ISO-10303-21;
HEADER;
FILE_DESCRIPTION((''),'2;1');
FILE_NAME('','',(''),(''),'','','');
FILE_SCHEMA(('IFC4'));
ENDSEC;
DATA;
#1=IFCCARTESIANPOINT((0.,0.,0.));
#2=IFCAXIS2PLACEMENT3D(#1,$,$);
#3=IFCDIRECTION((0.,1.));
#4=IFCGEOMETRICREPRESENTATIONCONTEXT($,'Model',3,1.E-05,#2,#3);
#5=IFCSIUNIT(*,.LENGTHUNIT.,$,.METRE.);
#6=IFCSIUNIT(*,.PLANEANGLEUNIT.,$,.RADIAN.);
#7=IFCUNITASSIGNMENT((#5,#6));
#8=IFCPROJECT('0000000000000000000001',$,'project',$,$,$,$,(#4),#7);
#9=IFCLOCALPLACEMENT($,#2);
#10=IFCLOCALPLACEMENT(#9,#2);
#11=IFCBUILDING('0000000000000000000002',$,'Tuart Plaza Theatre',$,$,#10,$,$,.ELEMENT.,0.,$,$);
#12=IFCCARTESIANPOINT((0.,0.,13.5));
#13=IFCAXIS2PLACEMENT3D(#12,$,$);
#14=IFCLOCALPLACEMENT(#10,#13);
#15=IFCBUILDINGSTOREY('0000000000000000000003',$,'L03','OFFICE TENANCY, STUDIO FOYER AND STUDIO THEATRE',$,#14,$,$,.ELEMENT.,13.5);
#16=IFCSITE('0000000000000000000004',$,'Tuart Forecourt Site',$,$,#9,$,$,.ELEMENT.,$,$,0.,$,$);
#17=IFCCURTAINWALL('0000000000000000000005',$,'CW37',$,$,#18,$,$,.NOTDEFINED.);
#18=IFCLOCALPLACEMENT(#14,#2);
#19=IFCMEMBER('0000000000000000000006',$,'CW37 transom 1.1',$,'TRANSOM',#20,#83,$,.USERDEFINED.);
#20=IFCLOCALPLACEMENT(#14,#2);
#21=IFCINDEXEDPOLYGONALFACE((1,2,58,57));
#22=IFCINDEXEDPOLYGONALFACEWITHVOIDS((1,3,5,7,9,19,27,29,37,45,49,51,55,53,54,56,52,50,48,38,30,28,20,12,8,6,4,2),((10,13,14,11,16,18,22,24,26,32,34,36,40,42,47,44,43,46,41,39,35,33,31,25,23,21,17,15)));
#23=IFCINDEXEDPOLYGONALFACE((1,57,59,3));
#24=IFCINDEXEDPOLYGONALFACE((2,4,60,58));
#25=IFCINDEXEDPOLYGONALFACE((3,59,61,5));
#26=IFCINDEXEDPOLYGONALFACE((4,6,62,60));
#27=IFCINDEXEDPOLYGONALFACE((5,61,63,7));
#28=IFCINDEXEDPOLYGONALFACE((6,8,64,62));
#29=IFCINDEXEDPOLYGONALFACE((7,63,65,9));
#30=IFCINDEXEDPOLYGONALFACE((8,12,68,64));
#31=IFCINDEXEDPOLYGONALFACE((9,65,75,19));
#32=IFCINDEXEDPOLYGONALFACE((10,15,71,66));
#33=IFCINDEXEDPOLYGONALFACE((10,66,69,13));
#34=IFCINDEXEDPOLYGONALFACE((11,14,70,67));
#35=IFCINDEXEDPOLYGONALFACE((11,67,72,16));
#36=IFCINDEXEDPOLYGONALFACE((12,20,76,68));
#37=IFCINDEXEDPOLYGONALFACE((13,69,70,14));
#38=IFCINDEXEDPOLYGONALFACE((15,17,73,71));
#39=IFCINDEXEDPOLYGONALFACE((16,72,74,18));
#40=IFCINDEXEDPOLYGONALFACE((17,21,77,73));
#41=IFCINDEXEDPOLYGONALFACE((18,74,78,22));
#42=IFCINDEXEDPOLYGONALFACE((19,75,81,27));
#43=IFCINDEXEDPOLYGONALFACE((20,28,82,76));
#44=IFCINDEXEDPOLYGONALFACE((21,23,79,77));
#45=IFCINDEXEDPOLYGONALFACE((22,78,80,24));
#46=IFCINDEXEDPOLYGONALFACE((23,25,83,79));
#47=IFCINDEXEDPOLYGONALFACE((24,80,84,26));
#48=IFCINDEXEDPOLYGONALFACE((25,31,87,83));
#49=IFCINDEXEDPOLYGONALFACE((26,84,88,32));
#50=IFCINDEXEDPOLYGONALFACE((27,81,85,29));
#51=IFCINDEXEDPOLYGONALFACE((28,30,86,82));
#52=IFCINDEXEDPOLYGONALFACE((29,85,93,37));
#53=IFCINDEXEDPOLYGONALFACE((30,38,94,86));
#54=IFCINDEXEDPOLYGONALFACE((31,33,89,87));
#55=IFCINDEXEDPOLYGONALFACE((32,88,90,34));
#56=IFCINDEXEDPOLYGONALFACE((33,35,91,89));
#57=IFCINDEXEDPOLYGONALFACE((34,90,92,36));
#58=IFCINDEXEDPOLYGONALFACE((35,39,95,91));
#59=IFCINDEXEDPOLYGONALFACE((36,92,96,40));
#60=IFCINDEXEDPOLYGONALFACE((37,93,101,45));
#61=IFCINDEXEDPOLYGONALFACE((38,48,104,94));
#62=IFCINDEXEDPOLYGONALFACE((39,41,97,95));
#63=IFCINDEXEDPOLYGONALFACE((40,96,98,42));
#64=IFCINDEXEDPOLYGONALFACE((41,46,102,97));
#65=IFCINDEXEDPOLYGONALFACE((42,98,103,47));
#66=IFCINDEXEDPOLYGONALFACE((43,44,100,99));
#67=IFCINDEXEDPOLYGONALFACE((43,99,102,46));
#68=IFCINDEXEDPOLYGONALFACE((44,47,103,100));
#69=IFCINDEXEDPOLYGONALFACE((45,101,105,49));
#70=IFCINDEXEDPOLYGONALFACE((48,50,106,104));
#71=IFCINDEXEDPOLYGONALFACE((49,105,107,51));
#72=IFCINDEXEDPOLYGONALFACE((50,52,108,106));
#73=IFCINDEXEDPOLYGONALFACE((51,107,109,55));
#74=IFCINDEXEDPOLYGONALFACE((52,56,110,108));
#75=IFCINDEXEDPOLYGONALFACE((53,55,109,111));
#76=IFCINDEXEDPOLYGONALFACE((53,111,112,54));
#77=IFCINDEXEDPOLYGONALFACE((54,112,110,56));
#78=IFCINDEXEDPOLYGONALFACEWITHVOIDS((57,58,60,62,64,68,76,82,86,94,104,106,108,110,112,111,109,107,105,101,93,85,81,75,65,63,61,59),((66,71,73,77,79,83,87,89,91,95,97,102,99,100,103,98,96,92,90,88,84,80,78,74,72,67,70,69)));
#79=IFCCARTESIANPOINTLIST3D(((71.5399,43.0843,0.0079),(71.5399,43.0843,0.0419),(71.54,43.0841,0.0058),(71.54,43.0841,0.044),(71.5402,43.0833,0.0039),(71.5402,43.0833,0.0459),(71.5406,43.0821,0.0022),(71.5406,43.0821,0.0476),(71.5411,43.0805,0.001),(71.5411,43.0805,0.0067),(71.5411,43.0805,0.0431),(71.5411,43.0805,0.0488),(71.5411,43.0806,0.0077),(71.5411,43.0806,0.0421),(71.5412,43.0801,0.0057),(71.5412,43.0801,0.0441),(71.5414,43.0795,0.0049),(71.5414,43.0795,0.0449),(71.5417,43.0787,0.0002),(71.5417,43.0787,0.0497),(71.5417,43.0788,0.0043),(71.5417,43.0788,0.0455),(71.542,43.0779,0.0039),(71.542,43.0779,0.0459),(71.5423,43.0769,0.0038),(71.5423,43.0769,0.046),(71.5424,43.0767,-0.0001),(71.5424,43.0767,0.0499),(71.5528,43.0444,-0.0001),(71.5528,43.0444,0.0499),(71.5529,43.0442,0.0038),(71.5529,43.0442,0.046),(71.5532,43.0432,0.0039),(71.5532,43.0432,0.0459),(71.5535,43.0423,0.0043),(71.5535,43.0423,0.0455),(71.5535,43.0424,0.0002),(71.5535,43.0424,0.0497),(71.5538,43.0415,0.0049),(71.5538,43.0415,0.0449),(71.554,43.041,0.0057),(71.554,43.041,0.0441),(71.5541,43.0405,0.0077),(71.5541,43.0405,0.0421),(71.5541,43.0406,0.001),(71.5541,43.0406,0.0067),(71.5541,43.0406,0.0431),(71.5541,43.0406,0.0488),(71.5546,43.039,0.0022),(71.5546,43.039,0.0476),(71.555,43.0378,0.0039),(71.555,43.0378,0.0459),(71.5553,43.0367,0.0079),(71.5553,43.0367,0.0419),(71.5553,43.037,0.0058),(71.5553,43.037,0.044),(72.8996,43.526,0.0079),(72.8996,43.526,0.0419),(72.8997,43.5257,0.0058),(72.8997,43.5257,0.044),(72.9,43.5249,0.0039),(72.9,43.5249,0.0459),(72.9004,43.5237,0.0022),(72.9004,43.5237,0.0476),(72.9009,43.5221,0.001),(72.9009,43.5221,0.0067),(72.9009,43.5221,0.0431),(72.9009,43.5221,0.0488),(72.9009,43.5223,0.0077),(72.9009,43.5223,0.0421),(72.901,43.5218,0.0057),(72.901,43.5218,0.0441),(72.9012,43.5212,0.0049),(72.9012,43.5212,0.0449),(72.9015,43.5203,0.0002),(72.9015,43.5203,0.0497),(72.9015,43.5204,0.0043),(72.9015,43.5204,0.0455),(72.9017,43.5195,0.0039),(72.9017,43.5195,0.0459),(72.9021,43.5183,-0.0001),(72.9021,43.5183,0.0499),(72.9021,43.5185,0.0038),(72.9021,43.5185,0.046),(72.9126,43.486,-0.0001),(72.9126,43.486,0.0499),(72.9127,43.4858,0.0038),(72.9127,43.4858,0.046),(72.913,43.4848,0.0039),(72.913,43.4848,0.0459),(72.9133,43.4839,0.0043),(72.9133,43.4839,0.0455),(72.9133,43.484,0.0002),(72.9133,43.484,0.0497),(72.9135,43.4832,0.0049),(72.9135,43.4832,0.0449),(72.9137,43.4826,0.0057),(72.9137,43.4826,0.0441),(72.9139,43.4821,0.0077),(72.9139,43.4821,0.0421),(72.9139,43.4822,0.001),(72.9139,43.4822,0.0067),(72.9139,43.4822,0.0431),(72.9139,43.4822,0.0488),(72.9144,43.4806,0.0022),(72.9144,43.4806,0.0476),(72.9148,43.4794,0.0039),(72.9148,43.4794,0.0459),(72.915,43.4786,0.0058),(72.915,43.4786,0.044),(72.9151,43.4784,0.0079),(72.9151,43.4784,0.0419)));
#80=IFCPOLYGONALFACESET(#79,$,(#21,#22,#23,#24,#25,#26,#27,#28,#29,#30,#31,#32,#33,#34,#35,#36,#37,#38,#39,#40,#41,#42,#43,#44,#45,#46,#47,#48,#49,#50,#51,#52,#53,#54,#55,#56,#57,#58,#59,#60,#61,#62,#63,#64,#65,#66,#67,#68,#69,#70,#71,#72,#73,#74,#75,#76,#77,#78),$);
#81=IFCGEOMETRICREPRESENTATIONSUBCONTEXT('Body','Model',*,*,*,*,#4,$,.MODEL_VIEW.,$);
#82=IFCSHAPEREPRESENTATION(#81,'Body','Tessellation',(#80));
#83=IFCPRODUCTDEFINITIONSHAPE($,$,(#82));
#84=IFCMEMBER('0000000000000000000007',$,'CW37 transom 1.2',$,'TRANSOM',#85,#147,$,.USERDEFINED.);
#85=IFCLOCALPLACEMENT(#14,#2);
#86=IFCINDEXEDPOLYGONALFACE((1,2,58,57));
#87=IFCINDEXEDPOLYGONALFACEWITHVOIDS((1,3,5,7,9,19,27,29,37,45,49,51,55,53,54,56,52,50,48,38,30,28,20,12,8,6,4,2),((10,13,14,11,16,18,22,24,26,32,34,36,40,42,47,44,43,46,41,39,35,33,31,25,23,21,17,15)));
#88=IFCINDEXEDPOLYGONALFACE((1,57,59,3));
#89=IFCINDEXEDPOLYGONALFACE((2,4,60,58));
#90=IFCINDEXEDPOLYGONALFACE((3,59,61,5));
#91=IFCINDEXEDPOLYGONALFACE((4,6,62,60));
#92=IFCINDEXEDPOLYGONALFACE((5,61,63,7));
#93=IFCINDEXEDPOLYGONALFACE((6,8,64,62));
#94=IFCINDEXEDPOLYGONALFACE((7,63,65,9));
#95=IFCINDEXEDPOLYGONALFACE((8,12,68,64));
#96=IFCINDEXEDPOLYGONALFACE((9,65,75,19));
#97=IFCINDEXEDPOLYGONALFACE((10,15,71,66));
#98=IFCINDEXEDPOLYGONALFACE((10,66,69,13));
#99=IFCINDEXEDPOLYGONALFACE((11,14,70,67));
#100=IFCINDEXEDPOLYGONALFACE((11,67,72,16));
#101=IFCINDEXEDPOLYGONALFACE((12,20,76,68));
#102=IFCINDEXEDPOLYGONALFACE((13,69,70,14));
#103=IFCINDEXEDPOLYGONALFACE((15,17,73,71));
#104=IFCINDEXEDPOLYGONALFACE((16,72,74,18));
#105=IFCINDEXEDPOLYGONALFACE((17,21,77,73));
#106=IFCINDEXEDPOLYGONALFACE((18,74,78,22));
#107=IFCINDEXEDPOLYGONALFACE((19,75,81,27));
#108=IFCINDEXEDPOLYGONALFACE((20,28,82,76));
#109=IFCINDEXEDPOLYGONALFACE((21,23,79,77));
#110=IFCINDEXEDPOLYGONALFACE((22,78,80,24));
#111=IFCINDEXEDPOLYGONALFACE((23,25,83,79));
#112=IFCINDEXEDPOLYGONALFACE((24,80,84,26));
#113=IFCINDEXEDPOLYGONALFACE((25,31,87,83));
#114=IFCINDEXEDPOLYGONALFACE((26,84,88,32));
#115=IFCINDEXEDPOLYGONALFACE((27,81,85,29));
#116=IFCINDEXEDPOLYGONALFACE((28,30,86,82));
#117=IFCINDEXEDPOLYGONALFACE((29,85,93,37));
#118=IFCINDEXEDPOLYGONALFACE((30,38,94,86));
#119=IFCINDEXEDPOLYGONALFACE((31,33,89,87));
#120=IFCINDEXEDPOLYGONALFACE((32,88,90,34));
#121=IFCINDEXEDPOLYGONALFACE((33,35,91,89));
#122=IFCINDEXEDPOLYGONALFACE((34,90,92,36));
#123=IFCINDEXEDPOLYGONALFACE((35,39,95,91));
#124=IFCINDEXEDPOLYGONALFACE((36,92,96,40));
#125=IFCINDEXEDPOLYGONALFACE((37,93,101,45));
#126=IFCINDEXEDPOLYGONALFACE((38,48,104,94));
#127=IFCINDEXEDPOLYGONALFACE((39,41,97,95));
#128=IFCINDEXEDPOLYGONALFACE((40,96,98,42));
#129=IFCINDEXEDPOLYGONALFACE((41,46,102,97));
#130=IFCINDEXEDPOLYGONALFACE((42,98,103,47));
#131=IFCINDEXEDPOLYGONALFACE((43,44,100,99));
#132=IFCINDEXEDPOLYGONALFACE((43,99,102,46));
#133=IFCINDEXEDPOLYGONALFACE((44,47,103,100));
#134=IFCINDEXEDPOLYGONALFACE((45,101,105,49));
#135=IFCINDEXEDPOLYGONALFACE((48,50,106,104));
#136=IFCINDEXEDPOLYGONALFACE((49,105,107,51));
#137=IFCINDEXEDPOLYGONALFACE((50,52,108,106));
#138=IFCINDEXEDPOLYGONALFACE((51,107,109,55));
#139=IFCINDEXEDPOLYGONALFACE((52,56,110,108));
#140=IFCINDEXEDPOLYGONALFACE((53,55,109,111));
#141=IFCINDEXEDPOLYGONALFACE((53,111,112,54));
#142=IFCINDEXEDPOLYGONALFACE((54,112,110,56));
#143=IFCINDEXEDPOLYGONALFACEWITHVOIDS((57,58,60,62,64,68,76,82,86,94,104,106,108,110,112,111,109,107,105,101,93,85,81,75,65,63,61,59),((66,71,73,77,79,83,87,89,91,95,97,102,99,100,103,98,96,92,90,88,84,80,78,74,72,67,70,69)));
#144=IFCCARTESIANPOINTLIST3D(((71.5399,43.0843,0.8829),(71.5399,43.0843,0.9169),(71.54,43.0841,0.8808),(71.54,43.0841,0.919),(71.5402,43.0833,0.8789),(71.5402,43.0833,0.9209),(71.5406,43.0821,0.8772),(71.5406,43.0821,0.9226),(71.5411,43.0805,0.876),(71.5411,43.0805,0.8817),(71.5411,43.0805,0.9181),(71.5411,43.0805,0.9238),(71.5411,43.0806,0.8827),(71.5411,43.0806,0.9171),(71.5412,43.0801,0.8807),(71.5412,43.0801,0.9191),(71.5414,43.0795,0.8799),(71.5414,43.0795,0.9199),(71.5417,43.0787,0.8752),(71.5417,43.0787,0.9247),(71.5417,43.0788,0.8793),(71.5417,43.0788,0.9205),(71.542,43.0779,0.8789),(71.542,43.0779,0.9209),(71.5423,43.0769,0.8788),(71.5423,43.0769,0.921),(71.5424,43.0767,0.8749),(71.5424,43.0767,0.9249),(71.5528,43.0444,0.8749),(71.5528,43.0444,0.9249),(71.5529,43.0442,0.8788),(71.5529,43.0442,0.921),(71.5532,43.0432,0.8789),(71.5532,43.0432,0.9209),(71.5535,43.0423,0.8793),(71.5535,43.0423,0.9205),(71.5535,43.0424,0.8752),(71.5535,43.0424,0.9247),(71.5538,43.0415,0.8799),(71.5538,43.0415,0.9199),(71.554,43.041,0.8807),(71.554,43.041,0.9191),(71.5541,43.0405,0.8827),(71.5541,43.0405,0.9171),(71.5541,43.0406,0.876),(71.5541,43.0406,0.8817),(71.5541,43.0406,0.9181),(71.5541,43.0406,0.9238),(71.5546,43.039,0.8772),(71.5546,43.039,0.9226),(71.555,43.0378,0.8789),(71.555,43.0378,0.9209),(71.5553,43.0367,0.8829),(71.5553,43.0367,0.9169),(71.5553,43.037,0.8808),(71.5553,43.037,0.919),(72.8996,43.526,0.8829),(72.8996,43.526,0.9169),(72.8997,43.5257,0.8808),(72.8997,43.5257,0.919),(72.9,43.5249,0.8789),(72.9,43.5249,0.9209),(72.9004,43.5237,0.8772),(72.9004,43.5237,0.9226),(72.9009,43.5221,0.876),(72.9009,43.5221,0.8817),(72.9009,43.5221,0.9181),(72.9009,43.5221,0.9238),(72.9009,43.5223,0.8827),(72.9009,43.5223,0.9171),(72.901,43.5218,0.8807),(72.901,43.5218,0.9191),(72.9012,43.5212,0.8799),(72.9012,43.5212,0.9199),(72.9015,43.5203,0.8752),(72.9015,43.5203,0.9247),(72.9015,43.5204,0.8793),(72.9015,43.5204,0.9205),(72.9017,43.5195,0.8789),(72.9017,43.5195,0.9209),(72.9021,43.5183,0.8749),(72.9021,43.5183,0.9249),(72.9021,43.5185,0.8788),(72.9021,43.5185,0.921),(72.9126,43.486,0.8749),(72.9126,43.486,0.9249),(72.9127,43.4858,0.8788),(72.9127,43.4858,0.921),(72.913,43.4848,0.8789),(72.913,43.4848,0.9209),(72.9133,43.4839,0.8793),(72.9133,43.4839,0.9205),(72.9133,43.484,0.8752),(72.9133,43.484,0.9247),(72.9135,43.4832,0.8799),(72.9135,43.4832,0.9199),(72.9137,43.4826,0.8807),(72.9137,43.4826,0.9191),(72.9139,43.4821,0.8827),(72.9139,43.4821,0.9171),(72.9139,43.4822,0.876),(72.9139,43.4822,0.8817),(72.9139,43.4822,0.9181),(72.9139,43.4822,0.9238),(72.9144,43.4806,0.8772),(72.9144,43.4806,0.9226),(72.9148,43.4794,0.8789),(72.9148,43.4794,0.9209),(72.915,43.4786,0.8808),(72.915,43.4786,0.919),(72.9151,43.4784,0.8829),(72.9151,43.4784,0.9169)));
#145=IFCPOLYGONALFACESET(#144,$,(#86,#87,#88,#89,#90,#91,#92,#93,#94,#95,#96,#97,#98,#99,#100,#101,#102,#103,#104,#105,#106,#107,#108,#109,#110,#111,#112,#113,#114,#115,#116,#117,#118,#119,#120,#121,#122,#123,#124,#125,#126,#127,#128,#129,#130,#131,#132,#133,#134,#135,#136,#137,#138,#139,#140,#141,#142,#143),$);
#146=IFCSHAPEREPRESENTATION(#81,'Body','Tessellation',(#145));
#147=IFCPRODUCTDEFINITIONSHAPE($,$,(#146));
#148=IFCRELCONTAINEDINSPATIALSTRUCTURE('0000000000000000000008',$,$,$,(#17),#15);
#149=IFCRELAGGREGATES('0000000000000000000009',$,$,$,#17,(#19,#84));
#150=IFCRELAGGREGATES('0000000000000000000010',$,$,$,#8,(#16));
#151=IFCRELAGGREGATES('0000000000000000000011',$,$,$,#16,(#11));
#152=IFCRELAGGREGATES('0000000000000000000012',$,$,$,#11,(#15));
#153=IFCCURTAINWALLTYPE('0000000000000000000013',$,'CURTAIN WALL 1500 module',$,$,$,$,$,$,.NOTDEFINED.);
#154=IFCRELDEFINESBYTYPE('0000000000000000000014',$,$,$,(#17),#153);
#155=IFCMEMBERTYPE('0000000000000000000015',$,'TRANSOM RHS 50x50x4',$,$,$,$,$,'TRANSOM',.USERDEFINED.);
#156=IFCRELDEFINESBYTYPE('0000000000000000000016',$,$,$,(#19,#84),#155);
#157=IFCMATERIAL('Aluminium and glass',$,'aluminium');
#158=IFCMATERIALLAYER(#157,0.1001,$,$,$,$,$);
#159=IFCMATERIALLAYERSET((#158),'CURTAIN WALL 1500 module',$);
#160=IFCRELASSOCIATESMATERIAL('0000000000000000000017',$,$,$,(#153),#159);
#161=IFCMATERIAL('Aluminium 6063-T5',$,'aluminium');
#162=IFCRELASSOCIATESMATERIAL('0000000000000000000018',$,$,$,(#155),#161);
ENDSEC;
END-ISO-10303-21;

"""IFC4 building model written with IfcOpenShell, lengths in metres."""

from ifc_helpers import new_model, si_unit, direction, frame, origin, origin_2d, place, context, subcontext, project, spatial, hollow_rectangle, extrude, material, layer, layer_set, material_profile, profile_set, type_object, element, aggregate, save


model = new_model("IFC4")

# Units and contexts
model_context = context("Model", 3, precision=1e-05, world=origin(), true_north=direction((0.0, 1.0)))
body_context = subcontext(model_context, "Body", "Model", "MODEL_VIEW")
ifc_project = project(units=[si_unit("LENGTHUNIT", "METRE"), si_unit("PLANEANGLEUNIT", "RADIAN")], contexts=[model_context])

# Site, building, storey
site_placement = place(None, origin())
site = spatial("IfcSite", under=ifc_project, at=site_placement, Name="Tuart Forecourt Site", CompositionType="ELEMENT", RefElevation=0.0)
building_placement = place(site_placement, origin())
building = spatial("IfcBuilding", under=site, at=building_placement, Name="Tuart Plaza Theatre", CompositionType="ELEMENT", ElevationOfRefHeight=0.0)
storey_placement = place(building_placement, frame((0.0, 0.0, 13.5)))
storey = spatial("IfcBuildingStorey", under=building, at=storey_placement, Name="L03", Description="OFFICE TENANCY, STUDIO FOYER AND STUDIO THEATRE", CompositionType="ELEMENT", Elevation=13.5)

# Curtain wall
ifc_material_1 = material(Name="Aluminium and glass", Category="aluminium")
ifc_layer_1 = layer(ifc_material_1, 0.1001)
ifc_layer_set_1 = layer_set([ifc_layer_1], Name="CURTAIN WALL 1500 module")
curtain_wall_type = type_object("IfcCurtainWallType", Name="CURTAIN WALL 1500 module", PredefinedType="NOTDEFINED", material=ifc_layer_set_1)
curtain_wall_1_placement = place(storey_placement, origin())
curtain_wall_1 = element("IfcCurtainWall", 1, at=curtain_wall_1_placement, inside=storey, type_object=curtain_wall_type, Name="CW37", PredefinedType="NOTDEFINED")

# Members
ifc_material_2 = material(Name="Aluminium 6063-T5", Category="aluminium")
ifc_material_profile_1 = material_profile(ifc_material_2, hollow_rectangle(XDim=0.05, YDim=0.05, WallThickness=0.0039, InnerFilletRadius=0.0039, OuterFilletRadius=0.0081, at=origin_2d()), Name="RHS 50x50x4")
ifc_profile_set_1 = profile_set([ifc_material_profile_1], Name="Aluminium 6063-T5")
member_type_1 = type_object("IfcMemberType", Name="TRANSOM RHS 50x50x4", ElementType="TRANSOM", PredefinedType="USERDEFINED", material=ifc_profile_set_1)
member_1_placement = place(storey_placement, frame((71.5476, 43.0605, 0.0249), z_axis=(0.951097, 0.308893, 0.0), x_axis=(-0.308893, 0.951097, 0.0)))
member_1 = element("IfcMember", 2, at=member_1_placement, type_object=member_type_1, Name="CW37 transom 1.1", ObjectType="TRANSOM", PredefinedType="USERDEFINED", context=body_context, shape_type="SweptSolid", body=[
    extrude(hollow_rectangle(XDim=0.05, YDim=0.05, WallThickness=0.0039, InnerFilletRadius=0.0039, OuterFilletRadius=0.0081, at=origin_2d()), origin(), (0.0, 0.0, 1.0), 1.4297),
])
member_2_placement = place(storey_placement, frame((71.5476, 43.0605, 0.8999), z_axis=(0.951097, 0.308893, 0.0), x_axis=(-0.308893, 0.951097, 0.0)))
member_2 = element("IfcMember", 3, at=member_2_placement, type_object=member_type_1, Name="CW37 transom 1.2", ObjectType="TRANSOM", PredefinedType="USERDEFINED", context=body_context, shape_type="SweptSolid", body=[
    extrude(hollow_rectangle(XDim=0.05, YDim=0.05, WallThickness=0.0039, InnerFilletRadius=0.0039, OuterFilletRadius=0.0081, at=origin_2d()), origin(), (0.0, 0.0, 1.0), 1.4297),
])

aggregate(curtain_wall_1, [member_1, member_2])

save(model, "model.ifc")
